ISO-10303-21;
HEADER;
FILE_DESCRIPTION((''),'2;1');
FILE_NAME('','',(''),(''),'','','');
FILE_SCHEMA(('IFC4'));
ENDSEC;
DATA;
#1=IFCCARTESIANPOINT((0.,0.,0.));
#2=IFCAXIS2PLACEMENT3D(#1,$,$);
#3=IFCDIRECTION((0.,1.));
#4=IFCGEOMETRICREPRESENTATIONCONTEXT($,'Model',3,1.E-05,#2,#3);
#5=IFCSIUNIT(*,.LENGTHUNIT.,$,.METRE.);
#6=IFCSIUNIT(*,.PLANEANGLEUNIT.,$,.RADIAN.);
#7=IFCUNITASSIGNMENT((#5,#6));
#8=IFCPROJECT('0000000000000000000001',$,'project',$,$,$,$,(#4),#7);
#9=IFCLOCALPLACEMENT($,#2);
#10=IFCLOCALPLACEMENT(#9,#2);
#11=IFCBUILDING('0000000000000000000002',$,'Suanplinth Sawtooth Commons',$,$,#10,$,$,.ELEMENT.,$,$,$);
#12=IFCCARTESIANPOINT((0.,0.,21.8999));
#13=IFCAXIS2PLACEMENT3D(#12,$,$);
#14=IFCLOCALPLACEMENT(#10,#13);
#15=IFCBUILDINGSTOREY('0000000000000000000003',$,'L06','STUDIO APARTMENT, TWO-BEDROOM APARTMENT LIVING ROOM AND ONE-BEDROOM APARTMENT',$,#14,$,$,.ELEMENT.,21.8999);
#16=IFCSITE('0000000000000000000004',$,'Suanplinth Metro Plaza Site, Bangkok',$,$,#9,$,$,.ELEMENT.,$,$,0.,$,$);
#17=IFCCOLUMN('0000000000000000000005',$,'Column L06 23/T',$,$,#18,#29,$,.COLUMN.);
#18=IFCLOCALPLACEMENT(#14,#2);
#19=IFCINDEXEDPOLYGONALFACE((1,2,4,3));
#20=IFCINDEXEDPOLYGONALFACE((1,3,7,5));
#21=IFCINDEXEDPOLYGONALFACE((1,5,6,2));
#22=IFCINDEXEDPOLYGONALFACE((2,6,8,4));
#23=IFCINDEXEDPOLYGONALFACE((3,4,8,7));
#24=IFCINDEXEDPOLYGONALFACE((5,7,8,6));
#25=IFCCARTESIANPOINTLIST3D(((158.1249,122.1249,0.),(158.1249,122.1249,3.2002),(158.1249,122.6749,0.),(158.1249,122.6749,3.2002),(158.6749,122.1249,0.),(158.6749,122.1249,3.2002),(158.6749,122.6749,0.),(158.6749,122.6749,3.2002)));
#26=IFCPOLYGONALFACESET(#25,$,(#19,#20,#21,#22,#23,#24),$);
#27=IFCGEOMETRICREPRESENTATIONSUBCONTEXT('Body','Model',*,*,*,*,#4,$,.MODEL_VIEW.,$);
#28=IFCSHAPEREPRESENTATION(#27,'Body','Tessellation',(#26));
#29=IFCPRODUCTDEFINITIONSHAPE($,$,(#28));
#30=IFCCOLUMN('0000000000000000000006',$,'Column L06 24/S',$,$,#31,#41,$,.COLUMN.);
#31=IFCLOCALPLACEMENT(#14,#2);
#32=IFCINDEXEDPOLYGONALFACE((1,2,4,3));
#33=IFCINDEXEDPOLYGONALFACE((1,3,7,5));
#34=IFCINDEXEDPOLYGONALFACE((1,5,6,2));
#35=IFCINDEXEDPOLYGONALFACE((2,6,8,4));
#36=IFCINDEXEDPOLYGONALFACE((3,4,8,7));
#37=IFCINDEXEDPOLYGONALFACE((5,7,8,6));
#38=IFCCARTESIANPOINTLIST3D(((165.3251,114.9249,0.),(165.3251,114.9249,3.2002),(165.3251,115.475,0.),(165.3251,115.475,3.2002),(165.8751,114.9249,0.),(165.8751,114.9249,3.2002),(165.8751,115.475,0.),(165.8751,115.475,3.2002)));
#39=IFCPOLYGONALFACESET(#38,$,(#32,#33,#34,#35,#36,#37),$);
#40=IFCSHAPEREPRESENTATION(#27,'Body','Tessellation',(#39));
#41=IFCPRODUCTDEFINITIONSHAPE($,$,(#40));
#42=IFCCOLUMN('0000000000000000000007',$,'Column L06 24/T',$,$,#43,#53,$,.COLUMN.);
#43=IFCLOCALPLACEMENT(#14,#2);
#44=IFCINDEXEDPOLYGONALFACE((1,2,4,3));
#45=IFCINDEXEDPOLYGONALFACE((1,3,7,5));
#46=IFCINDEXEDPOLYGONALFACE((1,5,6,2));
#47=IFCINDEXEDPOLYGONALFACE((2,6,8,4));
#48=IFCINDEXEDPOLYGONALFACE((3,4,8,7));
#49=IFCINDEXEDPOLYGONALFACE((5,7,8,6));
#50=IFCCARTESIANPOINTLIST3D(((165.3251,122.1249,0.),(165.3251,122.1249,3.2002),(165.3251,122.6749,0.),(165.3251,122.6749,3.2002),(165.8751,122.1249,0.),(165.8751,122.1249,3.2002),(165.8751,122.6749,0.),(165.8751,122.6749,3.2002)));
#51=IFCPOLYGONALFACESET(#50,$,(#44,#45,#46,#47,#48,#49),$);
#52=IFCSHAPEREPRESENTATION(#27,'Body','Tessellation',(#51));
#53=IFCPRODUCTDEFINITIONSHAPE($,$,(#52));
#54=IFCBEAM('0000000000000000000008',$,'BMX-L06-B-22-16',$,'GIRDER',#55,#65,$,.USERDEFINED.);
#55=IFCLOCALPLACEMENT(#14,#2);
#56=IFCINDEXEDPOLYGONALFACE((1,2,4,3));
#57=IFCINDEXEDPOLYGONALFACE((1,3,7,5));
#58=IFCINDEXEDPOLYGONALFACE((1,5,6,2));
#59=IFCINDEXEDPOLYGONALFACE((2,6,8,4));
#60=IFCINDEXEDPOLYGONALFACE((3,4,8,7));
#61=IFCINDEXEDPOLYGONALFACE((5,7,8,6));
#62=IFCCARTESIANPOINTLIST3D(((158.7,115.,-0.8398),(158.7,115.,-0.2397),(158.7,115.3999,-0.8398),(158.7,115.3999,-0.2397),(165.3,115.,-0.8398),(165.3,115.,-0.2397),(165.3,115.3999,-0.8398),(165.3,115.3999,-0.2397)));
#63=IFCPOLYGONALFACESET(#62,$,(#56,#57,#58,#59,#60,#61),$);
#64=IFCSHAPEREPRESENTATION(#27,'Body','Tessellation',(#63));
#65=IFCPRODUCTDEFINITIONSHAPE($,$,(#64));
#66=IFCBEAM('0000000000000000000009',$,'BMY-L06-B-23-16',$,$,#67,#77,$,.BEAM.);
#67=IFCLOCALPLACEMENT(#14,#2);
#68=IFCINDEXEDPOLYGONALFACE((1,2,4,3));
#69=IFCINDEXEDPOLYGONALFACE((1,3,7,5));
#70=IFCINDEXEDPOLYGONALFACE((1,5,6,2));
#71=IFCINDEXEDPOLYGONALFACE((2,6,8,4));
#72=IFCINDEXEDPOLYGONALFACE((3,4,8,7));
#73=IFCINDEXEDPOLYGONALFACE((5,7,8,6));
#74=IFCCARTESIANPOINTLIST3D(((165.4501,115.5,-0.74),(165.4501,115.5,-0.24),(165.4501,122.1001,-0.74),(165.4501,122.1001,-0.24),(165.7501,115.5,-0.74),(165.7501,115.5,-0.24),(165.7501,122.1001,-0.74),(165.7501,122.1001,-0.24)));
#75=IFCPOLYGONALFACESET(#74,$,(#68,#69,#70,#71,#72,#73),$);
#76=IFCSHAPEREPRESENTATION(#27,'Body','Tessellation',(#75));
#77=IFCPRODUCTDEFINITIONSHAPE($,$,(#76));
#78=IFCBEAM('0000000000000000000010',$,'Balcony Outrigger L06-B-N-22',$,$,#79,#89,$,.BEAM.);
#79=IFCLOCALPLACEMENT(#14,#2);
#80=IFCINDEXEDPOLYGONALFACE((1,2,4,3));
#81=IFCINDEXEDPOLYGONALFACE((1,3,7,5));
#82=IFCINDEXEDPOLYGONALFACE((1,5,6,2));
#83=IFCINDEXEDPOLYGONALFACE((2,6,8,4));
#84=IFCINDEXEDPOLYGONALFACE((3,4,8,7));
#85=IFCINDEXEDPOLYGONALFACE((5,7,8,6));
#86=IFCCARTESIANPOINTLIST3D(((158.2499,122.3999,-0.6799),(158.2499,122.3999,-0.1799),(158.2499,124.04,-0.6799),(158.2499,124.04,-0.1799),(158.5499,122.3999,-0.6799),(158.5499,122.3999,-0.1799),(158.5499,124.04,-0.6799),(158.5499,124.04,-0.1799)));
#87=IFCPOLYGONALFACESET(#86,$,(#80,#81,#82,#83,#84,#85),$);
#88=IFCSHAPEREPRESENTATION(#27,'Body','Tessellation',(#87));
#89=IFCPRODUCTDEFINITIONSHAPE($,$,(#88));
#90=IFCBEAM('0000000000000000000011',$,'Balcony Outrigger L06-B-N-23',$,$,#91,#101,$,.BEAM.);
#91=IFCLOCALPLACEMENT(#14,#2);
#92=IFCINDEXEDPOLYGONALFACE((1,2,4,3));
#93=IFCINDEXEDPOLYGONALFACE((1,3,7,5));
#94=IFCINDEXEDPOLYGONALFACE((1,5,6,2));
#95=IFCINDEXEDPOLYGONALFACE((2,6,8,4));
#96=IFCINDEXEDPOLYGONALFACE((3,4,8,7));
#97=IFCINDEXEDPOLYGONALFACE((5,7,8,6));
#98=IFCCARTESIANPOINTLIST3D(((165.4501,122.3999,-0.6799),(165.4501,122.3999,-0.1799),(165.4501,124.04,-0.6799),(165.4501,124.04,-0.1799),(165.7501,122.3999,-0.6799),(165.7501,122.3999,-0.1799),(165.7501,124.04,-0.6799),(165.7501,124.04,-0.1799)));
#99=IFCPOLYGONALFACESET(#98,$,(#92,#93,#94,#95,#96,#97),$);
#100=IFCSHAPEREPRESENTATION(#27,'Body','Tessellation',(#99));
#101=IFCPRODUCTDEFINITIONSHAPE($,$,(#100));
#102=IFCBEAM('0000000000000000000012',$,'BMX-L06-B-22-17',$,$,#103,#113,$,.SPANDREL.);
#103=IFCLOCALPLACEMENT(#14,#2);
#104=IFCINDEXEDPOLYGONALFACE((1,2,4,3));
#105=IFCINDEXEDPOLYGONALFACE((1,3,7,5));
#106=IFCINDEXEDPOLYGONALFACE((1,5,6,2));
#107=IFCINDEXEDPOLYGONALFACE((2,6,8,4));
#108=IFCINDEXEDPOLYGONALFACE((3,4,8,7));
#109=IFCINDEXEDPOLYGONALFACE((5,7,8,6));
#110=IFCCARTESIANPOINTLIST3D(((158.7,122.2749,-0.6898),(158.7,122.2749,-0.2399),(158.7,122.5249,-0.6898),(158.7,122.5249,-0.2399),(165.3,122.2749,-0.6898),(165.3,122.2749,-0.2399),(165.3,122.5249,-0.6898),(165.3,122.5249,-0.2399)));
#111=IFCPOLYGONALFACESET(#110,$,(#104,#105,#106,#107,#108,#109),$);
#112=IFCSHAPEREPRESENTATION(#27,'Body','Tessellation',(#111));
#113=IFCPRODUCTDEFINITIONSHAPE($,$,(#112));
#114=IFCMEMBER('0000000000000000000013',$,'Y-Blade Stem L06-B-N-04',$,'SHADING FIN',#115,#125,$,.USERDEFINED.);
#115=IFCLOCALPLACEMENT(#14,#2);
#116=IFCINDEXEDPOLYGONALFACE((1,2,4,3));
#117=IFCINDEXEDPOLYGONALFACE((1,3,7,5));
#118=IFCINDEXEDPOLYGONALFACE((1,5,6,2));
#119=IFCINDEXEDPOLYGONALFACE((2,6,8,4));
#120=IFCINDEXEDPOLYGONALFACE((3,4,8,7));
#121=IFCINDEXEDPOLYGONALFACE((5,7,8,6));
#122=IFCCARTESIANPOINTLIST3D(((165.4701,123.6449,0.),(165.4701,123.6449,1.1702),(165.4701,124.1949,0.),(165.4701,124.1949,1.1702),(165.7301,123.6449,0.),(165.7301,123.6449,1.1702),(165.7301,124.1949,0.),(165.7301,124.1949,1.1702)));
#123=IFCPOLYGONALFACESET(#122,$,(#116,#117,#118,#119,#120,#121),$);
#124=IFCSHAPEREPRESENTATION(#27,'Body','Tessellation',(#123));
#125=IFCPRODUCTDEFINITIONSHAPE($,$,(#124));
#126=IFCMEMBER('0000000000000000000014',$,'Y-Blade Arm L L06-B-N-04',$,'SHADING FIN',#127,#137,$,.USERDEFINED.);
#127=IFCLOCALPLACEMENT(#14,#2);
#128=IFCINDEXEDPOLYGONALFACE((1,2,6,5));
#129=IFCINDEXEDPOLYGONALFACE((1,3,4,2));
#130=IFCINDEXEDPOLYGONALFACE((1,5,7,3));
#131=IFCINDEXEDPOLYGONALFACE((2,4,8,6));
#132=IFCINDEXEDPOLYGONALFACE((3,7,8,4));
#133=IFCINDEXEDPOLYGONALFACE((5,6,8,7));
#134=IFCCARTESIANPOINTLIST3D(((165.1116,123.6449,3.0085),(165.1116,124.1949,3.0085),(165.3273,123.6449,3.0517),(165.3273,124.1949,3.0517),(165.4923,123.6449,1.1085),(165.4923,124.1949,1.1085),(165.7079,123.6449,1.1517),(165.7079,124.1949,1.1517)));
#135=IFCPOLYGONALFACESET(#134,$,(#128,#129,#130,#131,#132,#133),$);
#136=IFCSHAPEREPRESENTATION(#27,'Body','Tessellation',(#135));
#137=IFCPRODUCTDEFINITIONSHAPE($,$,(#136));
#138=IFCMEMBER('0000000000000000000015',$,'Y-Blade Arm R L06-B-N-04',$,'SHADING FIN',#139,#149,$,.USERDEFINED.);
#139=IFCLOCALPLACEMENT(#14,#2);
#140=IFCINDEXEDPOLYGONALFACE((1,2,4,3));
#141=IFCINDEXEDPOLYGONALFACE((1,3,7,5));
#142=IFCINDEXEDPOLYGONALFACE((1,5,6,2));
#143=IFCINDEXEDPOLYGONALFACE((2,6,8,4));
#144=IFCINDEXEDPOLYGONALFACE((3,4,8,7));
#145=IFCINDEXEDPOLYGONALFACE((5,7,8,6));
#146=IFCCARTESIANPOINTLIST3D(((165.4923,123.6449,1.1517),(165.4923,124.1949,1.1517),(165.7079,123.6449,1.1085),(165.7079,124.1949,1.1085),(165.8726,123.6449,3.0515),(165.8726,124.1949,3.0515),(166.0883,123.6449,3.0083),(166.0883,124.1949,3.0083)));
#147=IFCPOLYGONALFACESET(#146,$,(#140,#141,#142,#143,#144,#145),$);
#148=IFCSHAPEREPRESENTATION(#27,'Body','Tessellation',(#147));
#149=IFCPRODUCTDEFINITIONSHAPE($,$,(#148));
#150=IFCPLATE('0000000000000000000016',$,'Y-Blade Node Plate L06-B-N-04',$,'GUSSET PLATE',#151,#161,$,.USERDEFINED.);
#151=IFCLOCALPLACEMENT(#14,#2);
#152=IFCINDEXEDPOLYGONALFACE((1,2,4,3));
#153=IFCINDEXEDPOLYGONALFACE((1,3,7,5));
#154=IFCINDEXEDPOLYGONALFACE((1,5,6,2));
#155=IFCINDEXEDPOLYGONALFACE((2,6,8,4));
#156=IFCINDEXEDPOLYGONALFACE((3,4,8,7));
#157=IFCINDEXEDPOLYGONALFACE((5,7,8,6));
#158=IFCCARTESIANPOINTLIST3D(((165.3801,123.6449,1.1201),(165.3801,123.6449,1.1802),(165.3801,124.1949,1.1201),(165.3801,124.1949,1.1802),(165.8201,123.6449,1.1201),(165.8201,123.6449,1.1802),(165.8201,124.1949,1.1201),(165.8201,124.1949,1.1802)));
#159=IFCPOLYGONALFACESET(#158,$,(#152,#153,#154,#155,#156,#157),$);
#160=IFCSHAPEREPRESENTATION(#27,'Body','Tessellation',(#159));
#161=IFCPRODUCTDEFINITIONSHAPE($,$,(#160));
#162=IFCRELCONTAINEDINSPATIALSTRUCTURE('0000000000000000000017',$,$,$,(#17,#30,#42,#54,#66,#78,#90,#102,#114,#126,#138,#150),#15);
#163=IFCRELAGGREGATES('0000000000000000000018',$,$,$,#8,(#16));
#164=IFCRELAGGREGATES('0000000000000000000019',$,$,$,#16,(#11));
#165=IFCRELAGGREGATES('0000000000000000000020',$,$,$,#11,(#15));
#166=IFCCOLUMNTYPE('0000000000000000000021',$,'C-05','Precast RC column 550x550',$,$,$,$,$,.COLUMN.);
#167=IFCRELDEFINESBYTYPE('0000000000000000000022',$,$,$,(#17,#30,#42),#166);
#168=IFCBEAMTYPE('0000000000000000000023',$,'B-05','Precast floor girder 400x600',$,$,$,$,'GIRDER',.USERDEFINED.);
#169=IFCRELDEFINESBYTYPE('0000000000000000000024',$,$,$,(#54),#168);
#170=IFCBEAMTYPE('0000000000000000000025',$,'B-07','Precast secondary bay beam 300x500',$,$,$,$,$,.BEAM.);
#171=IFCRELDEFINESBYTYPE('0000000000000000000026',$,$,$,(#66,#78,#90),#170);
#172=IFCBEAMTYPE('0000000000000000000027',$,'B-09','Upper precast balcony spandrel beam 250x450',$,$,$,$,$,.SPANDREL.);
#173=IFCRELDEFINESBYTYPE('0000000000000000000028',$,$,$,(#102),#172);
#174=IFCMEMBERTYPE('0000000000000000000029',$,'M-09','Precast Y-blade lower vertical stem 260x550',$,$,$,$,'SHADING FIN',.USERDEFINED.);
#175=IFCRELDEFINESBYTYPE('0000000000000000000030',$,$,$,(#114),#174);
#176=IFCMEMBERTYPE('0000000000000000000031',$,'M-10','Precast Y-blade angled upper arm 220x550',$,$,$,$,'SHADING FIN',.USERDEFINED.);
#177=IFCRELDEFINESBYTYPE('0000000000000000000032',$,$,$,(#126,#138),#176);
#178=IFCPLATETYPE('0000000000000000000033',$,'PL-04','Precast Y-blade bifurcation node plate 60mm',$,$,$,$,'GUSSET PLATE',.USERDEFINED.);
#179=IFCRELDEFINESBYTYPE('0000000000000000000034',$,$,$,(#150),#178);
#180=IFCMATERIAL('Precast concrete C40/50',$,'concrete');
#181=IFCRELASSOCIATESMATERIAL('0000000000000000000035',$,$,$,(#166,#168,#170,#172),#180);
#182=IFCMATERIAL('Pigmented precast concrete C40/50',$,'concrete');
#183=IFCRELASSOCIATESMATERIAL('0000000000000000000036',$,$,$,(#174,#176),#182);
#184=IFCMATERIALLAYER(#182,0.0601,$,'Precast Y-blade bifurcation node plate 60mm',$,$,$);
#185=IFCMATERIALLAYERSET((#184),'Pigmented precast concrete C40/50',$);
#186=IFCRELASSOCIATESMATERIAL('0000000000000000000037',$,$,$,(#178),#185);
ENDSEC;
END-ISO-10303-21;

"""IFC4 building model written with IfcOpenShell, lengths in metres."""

from ifc_helpers import new_model, si_unit, direction, frame, origin, origin_2d, place, context, subcontext, project, spatial, rectangle, extrude, material, layer, layer_set, material_profile, profile_set, type_object, element, save


model = new_model("IFC4")

# Units and contexts
model_context = context("Model", 3, precision=1e-05, world=origin(), true_north=direction((0.0, 1.0)))
body_context = subcontext(model_context, "Body", "Model", "MODEL_VIEW")
ifc_project = project(units=[si_unit("LENGTHUNIT", "METRE"), si_unit("PLANEANGLEUNIT", "RADIAN")], contexts=[model_context])

# Site, building, storey
site_placement = place(None, origin())
site = spatial("IfcSite", under=ifc_project, at=site_placement, Name="Suanplinth Metro Plaza Site, Bangkok", CompositionType="ELEMENT", RefElevation=0.0)
building_placement = place(site_placement, origin())
building = spatial("IfcBuilding", under=site, at=building_placement, Name="Suanplinth Sawtooth Commons", CompositionType="ELEMENT")
storey_placement = place(building_placement, frame((0.0, 0.0, 21.8999)))
storey = spatial("IfcBuildingStorey", under=building, at=storey_placement, Name="L06", Description="STUDIO APARTMENT, TWO-BEDROOM APARTMENT LIVING ROOM AND ONE-BEDROOM APARTMENT", CompositionType="ELEMENT", Elevation=21.8999)

# Columns
ifc_material_1 = material(Name="Precast concrete C40/50", Category="concrete")
ifc_material_profile_1 = material_profile(ifc_material_1, rectangle(XDim=0.55, YDim=0.55, at=origin_2d()), Name="PC-COL 550x550")
ifc_profile_set_1 = profile_set([ifc_material_profile_1], Name="Precast concrete C40/50")
column_type = type_object("IfcColumnType", Name="C-05", Description="Precast RC column 550x550", PredefinedType="COLUMN", material=ifc_profile_set_1)
for number, where, z_axis, x_axis, name in (
    (1, (158.3999, 122.3999, 0.0), (0.0, 0.0, 1.0), (1.0, 0.0, 0.0), "Column L06 23/T"),
    (2, (165.6001, 115.2, 0.0), (0.0, 0.0, 1.0), (1.0, 0.0, 0.0), "Column L06 24/S"),
    (3, (165.6001, 122.3999, 0.0), (0.0, 0.0, 1.0), (1.0, 0.0, 0.0), "Column L06 24/T"),
):
    element("IfcColumn", number, at=place(storey_placement, frame(where, z_axis=z_axis, x_axis=x_axis)), inside=storey, type_object=column_type, Name=name, PredefinedType="COLUMN", context=body_context, shape_type="SweptSolid", body=[
        extrude(rectangle(XDim=0.55, YDim=0.55, at=origin_2d()), origin(), (0.0, 0.0, 1.0), 3.2002),
    ])

# Beams
ifc_material_profile_2 = material_profile(ifc_material_1, rectangle(XDim=0.3999, YDim=0.6001, at=origin_2d()), Name="PC-GDR 400x600")
ifc_profile_set_2 = profile_set([ifc_material_profile_2], Name="Precast concrete C40/50")
beam_type_1 = type_object("IfcBeamType", Name="B-05", Description="Precast floor girder 400x600", ElementType="GIRDER", PredefinedType="USERDEFINED", material=ifc_profile_set_2)
beam_1_placement = place(storey_placement, frame((158.7, 115.2, -0.5398), z_axis=(1.0, 0.0, 0.0), x_axis=(0.0, 1.0, 0.0)))
element("IfcBeam", 4, at=beam_1_placement, inside=storey, type_object=beam_type_1, Name="BMX-L06-B-22-16", ObjectType="GIRDER", PredefinedType="USERDEFINED", context=body_context, shape_type="SweptSolid", body=[
    extrude(rectangle(XDim=0.3999, YDim=0.6001, at=origin_2d()), origin(), (0.0, 0.0, 1.0), 6.6001),
])
ifc_material_profile_3 = material_profile(ifc_material_1, rectangle(XDim=0.3, YDim=0.5, at=origin_2d()), Name="PC-BM 300x500")
ifc_profile_set_3 = profile_set([ifc_material_profile_3], Name="Precast concrete C40/50")
beam_type_2 = type_object("IfcBeamType", Name="B-07", Description="Precast secondary bay beam 300x500", PredefinedType="BEAM", material=ifc_profile_set_3)
beam_2_placement = place(storey_placement, frame((165.6001, 115.5, -0.49), z_axis=(0.0, 1.0, 0.0), x_axis=(-1.0, 0.0, 0.0)))
element("IfcBeam", 5, at=beam_2_placement, inside=storey, type_object=beam_type_2, Name="BMY-L06-B-23-16", PredefinedType="BEAM", context=body_context, shape_type="SweptSolid", body=[
    extrude(rectangle(XDim=0.3, YDim=0.5, at=origin_2d()), origin(), (0.0, 0.0, 1.0), 6.6001),
])
for number, where, z_axis, x_axis, name in (
    (6, (158.3999, 122.3999, -0.4299), (0.0, 1.0, 0.0), (-1.0, 0.0, 0.0), "Balcony Outrigger L06-B-N-22"),
    (7, (165.6001, 122.3999, -0.4299), (0.0, 1.0, 0.0), (-1.0, 0.0, 0.0), "Balcony Outrigger L06-B-N-23"),
):
    element("IfcBeam", number, at=place(storey_placement, frame(where, z_axis=z_axis, x_axis=x_axis)), inside=storey, type_object=beam_type_2, Name=name, PredefinedType="BEAM", context=body_context, shape_type="SweptSolid", body=[
        extrude(rectangle(XDim=0.3, YDim=0.5, at=origin_2d()), origin(), (0.0, 0.0, 1.0), 1.6401),
    ])
ifc_material_profile_4 = material_profile(ifc_material_1, rectangle(XDim=0.25, YDim=0.45, at=origin_2d()), Name="PC-SP 250x450")
ifc_profile_set_4 = profile_set([ifc_material_profile_4], Name="Precast concrete C40/50")
beam_type_3 = type_object("IfcBeamType", Name="B-09", Description="Upper precast balcony spandrel beam 250x450", PredefinedType="SPANDREL", material=ifc_profile_set_4)
beam_3_placement = place(storey_placement, frame((158.7, 122.3999, -0.4648), z_axis=(1.0, 0.0, 0.0), x_axis=(0.0, 1.0, 0.0)))
element("IfcBeam", 8, at=beam_3_placement, inside=storey, type_object=beam_type_3, Name="BMX-L06-B-22-17", PredefinedType="SPANDREL", context=body_context, shape_type="SweptSolid", body=[
    extrude(rectangle(XDim=0.25, YDim=0.45, at=origin_2d()), origin(), (0.0, 0.0, 1.0), 6.6001),
])

# Members
ifc_material_2 = material(Name="Pigmented precast concrete C40/50", Category="concrete")
ifc_material_profile_5 = material_profile(ifc_material_2, rectangle(XDim=0.26, YDim=0.55, at=origin_2d()), Name="PC-FIN 260x550")
ifc_profile_set_5 = profile_set([ifc_material_profile_5], Name="Pigmented precast concrete C40/50")
member_type_1 = type_object("IfcMemberType", Name="M-09", Description="Precast Y-blade lower vertical stem 260x550", ElementType="SHADING FIN", PredefinedType="USERDEFINED", material=ifc_profile_set_5)
member_1_placement = place(storey_placement, frame((165.6001, 123.9199, 0.0), z_axis=(0.0, 0.0, 1.0), x_axis=(1.0, 0.0, 0.0)))
element("IfcMember", 9, at=member_1_placement, inside=storey, type_object=member_type_1, Name="Y-Blade Stem L06-B-N-04", ObjectType="SHADING FIN", PredefinedType="USERDEFINED", context=body_context, shape_type="SweptSolid", body=[
    extrude(rectangle(XDim=0.26, YDim=0.55, at=origin_2d()), origin(), (0.0, 0.0, 1.0), 1.1702),
])
ifc_material_profile_6 = material_profile(ifc_material_2, rectangle(XDim=0.22, YDim=0.55, at=origin_2d()), Name="PC-FIN 220x550")
ifc_profile_set_6 = profile_set([ifc_material_profile_6], Name="Pigmented precast concrete C40/50")
member_type_2 = type_object("IfcMemberType", Name="M-10", Description="Precast Y-blade angled upper arm 220x550", ElementType="SHADING FIN", PredefinedType="USERDEFINED", material=ifc_profile_set_6)
member_2_placement = place(storey_placement, frame((165.6001, 123.9199, 1.1301), z_axis=(-0.196431, 0.0, 0.980518), x_axis=(0.980518, 0.0, 0.196431)))
element("IfcMember", 10, at=member_2_placement, inside=storey, type_object=member_type_2, Name="Y-Blade Arm L L06-B-N-04", ObjectType="SHADING FIN", PredefinedType="USERDEFINED", context=body_context, shape_type="SweptSolid", body=[
    extrude(rectangle(XDim=0.22, YDim=0.55, at=origin_2d()), origin(), (0.0, 0.0, 1.0), 1.9377),
])
member_3_placement = place(storey_placement, frame((165.6001, 123.9199, 1.1301), z_axis=(0.19631, 0.0, 0.980542), x_axis=(-0.980542, 0.0, 0.19631)))
element("IfcMember", 11, at=member_3_placement, inside=storey, type_object=member_type_2, Name="Y-Blade Arm R L06-B-N-04", ObjectType="SHADING FIN", PredefinedType="USERDEFINED", context=body_context, shape_type="SweptSolid", body=[
    extrude(rectangle(XDim=0.22, YDim=0.55, at=origin_2d()), origin(), (0.0, 0.0, 1.0), 1.9375),
])

# Plate
ifc_layer_1 = layer(ifc_material_2, 0.0601, Name="Precast Y-blade bifurcation node plate 60mm")
ifc_layer_set_1 = layer_set([ifc_layer_1], Name="Pigmented precast concrete C40/50")
plate_type = type_object("IfcPlateType", Name="PL-04", Description="Precast Y-blade bifurcation node plate 60mm", ElementType="GUSSET PLATE", PredefinedType="USERDEFINED", material=ifc_layer_set_1)
plate_placement = place(storey_placement, frame((165.6001, 123.9199, 1.1201), z_axis=(0.0, 0.0, 1.0), x_axis=(1.0, 0.0, 0.0)))
element("IfcPlate", 12, at=plate_placement, inside=storey, type_object=plate_type, Name="Y-Blade Node Plate L06-B-N-04", ObjectType="GUSSET PLATE", PredefinedType="USERDEFINED", context=body_context, shape_type="SweptSolid", body=[
    extrude(rectangle(XDim=0.4399, YDim=0.55, at=origin_2d()), origin(), (0.0, 0.0, 1.0), 0.0601),
])

save(model, "model.ifc")
